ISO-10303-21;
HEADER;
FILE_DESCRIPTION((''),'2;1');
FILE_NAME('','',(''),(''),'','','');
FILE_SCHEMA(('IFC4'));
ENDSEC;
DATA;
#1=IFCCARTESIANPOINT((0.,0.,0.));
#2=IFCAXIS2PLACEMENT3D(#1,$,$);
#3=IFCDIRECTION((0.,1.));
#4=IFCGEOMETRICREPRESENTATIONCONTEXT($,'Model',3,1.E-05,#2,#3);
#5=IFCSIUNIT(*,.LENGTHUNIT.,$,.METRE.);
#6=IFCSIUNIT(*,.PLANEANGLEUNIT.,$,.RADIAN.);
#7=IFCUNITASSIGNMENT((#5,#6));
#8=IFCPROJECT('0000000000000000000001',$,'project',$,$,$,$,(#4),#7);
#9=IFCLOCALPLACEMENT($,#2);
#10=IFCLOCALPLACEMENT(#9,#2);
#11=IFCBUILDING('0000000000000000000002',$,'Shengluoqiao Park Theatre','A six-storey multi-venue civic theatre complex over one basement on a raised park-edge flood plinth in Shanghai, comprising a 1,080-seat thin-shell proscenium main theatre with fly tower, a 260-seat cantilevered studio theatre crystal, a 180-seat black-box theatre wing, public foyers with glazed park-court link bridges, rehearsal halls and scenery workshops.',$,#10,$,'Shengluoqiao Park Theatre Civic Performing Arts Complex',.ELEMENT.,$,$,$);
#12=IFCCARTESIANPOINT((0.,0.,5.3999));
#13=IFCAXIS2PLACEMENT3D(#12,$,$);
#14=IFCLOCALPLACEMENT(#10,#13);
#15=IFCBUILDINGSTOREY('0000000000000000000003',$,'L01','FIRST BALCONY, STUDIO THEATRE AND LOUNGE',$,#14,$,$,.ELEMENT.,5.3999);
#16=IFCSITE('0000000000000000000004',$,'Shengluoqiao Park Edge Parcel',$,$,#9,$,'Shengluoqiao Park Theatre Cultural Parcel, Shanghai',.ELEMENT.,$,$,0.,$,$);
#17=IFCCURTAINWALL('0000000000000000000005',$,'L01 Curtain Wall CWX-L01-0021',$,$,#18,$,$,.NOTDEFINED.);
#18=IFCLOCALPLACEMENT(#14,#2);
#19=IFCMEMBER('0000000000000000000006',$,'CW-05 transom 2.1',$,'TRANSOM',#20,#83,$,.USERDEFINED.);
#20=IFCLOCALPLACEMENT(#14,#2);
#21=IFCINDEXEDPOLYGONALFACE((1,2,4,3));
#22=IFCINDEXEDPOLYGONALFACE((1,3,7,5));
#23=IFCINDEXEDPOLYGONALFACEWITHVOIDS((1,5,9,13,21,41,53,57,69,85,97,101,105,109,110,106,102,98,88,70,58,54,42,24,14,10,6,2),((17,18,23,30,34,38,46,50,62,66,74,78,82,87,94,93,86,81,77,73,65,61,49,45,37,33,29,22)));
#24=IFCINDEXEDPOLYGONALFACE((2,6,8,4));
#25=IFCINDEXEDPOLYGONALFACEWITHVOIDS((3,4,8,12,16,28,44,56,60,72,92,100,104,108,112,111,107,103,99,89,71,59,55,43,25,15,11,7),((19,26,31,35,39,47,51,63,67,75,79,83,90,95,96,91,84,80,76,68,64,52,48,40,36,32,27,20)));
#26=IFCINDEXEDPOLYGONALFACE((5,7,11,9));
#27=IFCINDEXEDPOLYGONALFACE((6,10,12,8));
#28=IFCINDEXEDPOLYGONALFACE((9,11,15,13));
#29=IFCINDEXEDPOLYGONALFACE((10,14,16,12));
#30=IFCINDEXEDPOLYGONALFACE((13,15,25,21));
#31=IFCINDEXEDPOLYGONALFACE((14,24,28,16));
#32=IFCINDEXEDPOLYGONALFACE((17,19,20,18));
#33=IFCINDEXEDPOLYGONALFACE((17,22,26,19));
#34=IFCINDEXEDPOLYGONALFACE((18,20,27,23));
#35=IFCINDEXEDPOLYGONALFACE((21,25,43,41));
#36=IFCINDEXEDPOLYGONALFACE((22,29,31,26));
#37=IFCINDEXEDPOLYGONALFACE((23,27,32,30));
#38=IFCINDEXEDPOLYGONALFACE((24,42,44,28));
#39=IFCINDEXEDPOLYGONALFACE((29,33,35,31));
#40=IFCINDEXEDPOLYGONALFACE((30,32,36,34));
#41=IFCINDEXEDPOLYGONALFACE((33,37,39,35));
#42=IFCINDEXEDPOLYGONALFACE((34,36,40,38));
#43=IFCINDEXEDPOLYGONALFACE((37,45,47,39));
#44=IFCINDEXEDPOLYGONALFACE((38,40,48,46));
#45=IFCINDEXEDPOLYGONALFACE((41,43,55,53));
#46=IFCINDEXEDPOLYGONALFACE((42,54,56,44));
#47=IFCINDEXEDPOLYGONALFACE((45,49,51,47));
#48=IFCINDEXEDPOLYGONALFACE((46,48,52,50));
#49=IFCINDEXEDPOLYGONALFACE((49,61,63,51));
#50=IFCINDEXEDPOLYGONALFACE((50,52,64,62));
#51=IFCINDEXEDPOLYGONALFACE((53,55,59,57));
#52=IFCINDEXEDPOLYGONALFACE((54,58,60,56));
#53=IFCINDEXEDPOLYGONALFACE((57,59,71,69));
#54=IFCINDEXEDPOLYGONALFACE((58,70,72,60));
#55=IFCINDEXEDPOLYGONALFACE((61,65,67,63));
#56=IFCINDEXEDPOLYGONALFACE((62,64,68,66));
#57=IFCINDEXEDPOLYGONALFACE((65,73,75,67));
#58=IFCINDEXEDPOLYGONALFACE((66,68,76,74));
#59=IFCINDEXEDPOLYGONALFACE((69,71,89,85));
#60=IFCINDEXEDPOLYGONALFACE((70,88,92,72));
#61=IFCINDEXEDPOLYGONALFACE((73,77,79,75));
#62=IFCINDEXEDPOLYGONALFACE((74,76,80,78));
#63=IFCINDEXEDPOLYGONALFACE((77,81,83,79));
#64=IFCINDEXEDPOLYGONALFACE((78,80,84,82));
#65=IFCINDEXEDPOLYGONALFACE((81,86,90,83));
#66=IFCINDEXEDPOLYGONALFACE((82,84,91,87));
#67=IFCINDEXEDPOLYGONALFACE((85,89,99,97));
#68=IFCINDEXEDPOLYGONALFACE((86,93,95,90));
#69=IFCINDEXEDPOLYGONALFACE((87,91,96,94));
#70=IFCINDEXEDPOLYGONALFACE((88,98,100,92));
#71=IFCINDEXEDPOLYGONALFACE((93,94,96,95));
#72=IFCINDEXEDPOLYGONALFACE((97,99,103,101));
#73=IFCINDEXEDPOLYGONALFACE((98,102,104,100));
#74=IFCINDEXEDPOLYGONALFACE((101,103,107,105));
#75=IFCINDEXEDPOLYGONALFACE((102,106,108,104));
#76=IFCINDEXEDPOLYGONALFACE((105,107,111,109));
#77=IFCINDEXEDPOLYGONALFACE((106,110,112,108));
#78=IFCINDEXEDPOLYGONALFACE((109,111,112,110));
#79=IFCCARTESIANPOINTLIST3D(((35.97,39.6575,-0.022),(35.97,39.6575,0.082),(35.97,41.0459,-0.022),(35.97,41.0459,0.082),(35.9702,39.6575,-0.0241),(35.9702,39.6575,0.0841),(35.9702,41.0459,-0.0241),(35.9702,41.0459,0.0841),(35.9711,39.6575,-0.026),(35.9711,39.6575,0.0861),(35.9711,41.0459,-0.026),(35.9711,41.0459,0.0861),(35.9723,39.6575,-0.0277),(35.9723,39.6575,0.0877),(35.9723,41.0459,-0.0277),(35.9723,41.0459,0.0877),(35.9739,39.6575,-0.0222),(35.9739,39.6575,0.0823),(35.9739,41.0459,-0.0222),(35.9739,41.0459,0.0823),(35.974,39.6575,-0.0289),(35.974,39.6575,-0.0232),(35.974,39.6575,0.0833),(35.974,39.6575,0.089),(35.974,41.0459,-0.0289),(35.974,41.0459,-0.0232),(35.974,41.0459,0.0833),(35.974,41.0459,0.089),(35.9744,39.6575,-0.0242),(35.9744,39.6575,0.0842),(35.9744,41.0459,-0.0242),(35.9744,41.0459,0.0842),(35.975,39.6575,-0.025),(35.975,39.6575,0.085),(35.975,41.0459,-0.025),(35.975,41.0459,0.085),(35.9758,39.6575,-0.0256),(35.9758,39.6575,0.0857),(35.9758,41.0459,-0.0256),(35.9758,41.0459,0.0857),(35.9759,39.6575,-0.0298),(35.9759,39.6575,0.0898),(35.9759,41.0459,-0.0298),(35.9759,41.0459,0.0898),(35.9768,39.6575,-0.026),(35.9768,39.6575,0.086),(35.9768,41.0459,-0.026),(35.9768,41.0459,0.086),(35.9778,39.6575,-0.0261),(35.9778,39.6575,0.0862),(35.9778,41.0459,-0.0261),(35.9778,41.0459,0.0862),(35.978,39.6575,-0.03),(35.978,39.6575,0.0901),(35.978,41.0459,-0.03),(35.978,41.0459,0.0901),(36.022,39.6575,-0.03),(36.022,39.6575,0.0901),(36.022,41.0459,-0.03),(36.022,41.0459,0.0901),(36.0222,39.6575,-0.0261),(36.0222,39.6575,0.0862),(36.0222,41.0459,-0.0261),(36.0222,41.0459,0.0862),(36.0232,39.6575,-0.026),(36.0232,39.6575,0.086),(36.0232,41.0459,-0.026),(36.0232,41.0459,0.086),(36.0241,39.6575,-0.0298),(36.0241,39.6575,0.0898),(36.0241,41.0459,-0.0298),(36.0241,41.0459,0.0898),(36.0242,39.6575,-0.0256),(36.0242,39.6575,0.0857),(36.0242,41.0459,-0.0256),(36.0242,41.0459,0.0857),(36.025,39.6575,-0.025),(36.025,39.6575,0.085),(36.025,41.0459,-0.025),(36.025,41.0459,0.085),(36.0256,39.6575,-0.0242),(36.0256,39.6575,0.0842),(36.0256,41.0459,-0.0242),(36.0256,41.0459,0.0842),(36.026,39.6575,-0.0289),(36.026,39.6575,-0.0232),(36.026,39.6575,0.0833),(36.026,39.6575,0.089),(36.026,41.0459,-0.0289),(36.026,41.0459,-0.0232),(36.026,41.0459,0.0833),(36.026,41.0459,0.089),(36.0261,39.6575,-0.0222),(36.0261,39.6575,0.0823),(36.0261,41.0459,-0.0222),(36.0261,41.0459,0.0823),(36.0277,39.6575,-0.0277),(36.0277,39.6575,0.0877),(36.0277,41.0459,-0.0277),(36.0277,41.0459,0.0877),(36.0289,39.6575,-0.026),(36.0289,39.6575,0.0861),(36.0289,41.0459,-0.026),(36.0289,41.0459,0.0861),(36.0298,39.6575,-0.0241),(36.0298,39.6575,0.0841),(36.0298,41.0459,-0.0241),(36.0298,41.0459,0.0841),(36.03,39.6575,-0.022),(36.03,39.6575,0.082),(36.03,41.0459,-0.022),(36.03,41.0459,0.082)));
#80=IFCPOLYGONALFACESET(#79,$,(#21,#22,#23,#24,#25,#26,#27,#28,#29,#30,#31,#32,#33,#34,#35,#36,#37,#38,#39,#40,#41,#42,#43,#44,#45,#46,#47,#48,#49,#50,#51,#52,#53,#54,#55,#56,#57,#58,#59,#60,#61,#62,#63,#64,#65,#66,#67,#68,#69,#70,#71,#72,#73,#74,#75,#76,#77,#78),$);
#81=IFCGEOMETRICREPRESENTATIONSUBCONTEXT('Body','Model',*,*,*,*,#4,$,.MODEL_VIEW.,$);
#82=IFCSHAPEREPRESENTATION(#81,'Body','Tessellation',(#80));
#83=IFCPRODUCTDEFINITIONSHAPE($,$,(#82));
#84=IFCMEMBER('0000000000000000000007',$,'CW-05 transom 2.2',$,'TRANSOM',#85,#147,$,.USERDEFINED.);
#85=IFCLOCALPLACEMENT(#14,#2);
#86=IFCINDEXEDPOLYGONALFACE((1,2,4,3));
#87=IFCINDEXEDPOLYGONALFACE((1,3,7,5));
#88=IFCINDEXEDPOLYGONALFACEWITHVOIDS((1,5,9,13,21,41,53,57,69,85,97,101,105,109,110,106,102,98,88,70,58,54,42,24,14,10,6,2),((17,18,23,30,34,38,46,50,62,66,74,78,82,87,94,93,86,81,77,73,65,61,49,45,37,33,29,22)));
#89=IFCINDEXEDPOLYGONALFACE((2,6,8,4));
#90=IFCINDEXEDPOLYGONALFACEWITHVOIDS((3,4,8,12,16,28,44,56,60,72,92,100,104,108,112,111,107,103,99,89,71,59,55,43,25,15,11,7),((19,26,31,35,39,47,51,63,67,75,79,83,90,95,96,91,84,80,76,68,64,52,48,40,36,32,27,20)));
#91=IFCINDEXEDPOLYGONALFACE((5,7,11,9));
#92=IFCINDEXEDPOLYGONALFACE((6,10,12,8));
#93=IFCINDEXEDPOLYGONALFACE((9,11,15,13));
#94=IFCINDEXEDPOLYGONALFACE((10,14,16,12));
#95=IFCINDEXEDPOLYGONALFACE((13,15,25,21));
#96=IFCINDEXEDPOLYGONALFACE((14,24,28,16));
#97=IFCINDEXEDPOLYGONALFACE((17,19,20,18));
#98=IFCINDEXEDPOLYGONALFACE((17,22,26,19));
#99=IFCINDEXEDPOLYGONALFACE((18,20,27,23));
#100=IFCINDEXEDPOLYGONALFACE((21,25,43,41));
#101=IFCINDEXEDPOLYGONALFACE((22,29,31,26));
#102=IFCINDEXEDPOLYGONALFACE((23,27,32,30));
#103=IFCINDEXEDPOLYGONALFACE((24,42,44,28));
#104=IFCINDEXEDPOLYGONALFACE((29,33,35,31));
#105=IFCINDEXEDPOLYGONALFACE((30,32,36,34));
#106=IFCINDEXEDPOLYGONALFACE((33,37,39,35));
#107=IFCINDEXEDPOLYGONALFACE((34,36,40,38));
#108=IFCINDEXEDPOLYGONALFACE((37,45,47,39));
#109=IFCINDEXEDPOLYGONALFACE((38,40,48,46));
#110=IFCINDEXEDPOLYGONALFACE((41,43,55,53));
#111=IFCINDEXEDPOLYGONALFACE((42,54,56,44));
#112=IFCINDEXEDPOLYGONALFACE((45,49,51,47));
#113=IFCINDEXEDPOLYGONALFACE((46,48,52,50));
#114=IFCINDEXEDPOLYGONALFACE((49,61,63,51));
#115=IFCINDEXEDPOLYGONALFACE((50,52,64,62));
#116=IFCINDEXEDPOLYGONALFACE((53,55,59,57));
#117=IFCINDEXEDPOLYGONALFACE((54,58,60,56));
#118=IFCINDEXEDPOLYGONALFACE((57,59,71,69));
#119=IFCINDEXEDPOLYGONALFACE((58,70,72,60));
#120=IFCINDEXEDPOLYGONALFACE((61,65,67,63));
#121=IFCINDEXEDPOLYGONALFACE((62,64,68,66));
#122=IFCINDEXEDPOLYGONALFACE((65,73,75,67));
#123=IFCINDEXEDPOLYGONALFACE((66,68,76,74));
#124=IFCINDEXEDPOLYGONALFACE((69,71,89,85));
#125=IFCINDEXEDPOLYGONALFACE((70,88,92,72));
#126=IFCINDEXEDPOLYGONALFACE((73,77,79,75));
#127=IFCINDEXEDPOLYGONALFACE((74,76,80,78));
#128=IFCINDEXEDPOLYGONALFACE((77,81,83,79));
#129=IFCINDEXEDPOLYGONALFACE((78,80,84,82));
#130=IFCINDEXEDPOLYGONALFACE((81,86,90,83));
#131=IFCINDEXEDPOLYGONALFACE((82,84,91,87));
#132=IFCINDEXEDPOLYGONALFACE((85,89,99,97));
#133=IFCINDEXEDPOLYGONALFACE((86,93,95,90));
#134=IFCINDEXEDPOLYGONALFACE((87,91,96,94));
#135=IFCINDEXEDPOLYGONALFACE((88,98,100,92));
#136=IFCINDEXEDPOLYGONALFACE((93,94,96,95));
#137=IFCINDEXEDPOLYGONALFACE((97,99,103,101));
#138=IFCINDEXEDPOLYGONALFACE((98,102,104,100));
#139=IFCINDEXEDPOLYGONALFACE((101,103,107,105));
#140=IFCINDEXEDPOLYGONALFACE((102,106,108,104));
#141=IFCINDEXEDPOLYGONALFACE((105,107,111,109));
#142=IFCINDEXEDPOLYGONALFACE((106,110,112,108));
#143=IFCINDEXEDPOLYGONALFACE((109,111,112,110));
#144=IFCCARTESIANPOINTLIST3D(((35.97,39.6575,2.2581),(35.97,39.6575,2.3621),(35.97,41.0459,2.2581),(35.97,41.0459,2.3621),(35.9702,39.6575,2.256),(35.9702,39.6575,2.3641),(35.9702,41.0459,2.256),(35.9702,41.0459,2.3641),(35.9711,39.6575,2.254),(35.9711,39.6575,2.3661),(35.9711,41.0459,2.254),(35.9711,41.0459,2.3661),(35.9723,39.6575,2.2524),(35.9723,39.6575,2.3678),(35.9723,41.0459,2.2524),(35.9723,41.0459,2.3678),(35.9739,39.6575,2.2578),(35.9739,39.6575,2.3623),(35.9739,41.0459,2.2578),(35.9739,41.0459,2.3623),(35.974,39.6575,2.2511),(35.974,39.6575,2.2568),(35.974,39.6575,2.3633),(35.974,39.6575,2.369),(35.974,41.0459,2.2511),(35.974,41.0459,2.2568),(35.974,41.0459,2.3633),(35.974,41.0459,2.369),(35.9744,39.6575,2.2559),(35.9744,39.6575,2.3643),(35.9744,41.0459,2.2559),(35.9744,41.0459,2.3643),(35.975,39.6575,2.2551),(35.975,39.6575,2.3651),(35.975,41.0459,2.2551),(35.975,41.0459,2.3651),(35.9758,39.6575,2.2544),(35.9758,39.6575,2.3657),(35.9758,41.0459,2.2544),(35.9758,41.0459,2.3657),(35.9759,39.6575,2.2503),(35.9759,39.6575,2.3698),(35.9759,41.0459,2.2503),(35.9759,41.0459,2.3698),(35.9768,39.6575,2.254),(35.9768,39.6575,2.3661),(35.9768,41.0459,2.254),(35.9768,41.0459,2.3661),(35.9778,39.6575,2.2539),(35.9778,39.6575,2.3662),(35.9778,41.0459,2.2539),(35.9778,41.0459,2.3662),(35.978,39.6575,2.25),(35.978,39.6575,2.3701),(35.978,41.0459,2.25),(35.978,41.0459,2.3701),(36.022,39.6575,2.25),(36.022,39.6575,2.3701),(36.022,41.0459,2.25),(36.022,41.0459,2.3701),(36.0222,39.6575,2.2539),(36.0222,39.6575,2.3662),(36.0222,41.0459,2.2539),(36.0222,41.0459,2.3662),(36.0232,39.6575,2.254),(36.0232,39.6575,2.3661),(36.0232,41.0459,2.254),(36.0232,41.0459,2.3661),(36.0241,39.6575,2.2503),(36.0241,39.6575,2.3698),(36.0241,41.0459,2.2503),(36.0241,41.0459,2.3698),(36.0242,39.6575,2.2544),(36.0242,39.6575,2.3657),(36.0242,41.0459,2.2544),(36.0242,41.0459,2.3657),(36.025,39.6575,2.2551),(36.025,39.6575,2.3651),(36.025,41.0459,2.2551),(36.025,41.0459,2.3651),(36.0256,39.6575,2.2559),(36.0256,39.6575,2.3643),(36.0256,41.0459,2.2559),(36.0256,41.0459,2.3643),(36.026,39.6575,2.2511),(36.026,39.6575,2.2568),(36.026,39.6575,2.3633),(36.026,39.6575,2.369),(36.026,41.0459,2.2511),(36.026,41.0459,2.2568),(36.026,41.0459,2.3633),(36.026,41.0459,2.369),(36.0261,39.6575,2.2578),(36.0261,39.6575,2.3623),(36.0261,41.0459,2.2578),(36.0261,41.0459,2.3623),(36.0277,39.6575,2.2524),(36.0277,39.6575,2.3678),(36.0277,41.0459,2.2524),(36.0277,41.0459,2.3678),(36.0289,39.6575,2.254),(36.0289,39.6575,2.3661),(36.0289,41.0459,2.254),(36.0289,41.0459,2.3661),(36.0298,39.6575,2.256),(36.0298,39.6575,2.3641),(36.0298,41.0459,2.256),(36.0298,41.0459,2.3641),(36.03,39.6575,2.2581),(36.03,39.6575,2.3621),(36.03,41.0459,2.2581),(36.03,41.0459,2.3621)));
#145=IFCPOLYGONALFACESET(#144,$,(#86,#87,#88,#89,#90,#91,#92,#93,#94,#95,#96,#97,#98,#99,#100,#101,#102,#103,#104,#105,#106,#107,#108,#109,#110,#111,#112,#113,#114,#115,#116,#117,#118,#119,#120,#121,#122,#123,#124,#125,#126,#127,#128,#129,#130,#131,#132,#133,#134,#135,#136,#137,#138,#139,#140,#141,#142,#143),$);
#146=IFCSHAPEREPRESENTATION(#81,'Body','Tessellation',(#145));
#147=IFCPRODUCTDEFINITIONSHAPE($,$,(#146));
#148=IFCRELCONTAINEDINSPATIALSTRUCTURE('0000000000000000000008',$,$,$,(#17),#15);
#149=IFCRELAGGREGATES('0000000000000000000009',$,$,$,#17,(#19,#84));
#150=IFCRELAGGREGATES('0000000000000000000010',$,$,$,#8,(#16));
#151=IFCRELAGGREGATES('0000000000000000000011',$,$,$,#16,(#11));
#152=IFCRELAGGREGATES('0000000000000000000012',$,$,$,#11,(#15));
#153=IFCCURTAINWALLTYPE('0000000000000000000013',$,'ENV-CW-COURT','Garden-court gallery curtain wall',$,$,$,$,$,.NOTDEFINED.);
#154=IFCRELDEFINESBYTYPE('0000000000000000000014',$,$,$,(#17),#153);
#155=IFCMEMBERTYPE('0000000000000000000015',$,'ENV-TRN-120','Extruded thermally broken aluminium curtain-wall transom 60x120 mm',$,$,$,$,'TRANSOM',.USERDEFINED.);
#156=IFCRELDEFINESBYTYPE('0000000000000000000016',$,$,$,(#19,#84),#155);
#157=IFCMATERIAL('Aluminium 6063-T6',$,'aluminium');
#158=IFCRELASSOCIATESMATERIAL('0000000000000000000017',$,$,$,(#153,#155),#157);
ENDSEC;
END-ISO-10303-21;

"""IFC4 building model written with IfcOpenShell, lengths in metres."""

from ifc_helpers import new_model, si_unit, direction, frame, origin, origin_2d, place, context, subcontext, project, spatial, hollow_rectangle, extrude, material, material_profile, profile_set, type_object, element, aggregate, save


model = new_model("IFC4")

# Units and contexts
model_context = context("Model", 3, precision=1e-05, world=origin(), true_north=direction((0.0, 1.0)))
body_context = subcontext(model_context, "Body", "Model", "MODEL_VIEW")
ifc_project = project(units=[si_unit("LENGTHUNIT", "METRE"), si_unit("PLANEANGLEUNIT", "RADIAN")], contexts=[model_context])

# Site, building, storey
site_placement = place(None, origin())
site = spatial("IfcSite", under=ifc_project, at=site_placement, Name="Shengluoqiao Park Edge Parcel", LongName="Shengluoqiao Park Theatre Cultural Parcel, Shanghai", CompositionType="ELEMENT", RefElevation=0.0)
building_placement = place(site_placement, origin())
building = spatial("IfcBuilding", under=site, at=building_placement, Name="Shengluoqiao Park Theatre", Description="A six-storey multi-venue civic theatre complex over one basement on a raised park-edge flood plinth in Shanghai, comprising a 1,080-seat thin-shell proscenium main theatre with fly tower, a 260-seat cantilevered studio theatre crystal, a 180-seat black-box theatre wing, public foyers with glazed park-court link bridges, rehearsal halls and scenery workshops.", LongName="Shengluoqiao Park Theatre Civic Performing Arts Complex", CompositionType="ELEMENT")
storey_placement = place(building_placement, frame((0.0, 0.0, 5.3999)))
storey = spatial("IfcBuildingStorey", under=building, at=storey_placement, Name="L01", Description="FIRST BALCONY, STUDIO THEATRE AND LOUNGE", CompositionType="ELEMENT", Elevation=5.3999)

# Curtain wall
ifc_material_1 = material(Name="Aluminium 6063-T6", Category="aluminium")
curtain_wall_type = type_object("IfcCurtainWallType", Name="ENV-CW-COURT", Description="Garden-court gallery curtain wall", PredefinedType="NOTDEFINED", material=ifc_material_1)
curtain_wall_1_placement = place(storey_placement, origin())
curtain_wall_1 = element("IfcCurtainWall", 1, at=curtain_wall_1_placement, inside=storey, type_object=curtain_wall_type, Name="L01 Curtain Wall CWX-L01-0021", PredefinedType="NOTDEFINED")

# Members
ifc_material_profile_1 = material_profile(ifc_material_1, hollow_rectangle(XDim=0.0601, YDim=0.1201, WallThickness=0.0039, InnerFilletRadius=0.0039, OuterFilletRadius=0.0081, at=origin_2d()), Name="ALU TRANSOM 120x60x4")
ifc_profile_set_1 = profile_set([ifc_material_profile_1], Name="Aluminium 6063-T6")
member_type_1 = type_object("IfcMemberType", Name="ENV-TRN-120", Description="Extruded thermally broken aluminium curtain-wall transom 60x120 mm", ElementType="TRANSOM", PredefinedType="USERDEFINED", material=ifc_profile_set_1)
member_1_placement = place(storey_placement, frame((36.0, 39.6575, 0.03), z_axis=(0.0, 1.0, 0.0), x_axis=(-1.0, 0.0, 0.0)))
member_1 = element("IfcMember", 2, at=member_1_placement, type_object=member_type_1, Name="CW-05 transom 2.1", ObjectType="TRANSOM", PredefinedType="USERDEFINED", context=body_context, shape_type="SweptSolid", body=[
    extrude(hollow_rectangle(XDim=0.0601, YDim=0.1201, WallThickness=0.0039, InnerFilletRadius=0.0039, OuterFilletRadius=0.0081, at=origin_2d()), origin(), (0.0, 0.0, 1.0), 1.3884),
])
member_2_placement = place(storey_placement, frame((36.0, 39.6575, 2.3101), z_axis=(0.0, 1.0, 0.0), x_axis=(-1.0, 0.0, 0.0)))
member_2 = element("IfcMember", 3, at=member_2_placement, type_object=member_type_1, Name="CW-05 transom 2.2", ObjectType="TRANSOM", PredefinedType="USERDEFINED", context=body_context, shape_type="SweptSolid", body=[
    extrude(hollow_rectangle(XDim=0.0601, YDim=0.1201, WallThickness=0.0039, InnerFilletRadius=0.0039, OuterFilletRadius=0.0081, at=origin_2d()), origin(), (0.0, 0.0, 1.0), 1.3884),
])

aggregate(curtain_wall_1, [member_1, member_2])

save(model, "model.ifc")
